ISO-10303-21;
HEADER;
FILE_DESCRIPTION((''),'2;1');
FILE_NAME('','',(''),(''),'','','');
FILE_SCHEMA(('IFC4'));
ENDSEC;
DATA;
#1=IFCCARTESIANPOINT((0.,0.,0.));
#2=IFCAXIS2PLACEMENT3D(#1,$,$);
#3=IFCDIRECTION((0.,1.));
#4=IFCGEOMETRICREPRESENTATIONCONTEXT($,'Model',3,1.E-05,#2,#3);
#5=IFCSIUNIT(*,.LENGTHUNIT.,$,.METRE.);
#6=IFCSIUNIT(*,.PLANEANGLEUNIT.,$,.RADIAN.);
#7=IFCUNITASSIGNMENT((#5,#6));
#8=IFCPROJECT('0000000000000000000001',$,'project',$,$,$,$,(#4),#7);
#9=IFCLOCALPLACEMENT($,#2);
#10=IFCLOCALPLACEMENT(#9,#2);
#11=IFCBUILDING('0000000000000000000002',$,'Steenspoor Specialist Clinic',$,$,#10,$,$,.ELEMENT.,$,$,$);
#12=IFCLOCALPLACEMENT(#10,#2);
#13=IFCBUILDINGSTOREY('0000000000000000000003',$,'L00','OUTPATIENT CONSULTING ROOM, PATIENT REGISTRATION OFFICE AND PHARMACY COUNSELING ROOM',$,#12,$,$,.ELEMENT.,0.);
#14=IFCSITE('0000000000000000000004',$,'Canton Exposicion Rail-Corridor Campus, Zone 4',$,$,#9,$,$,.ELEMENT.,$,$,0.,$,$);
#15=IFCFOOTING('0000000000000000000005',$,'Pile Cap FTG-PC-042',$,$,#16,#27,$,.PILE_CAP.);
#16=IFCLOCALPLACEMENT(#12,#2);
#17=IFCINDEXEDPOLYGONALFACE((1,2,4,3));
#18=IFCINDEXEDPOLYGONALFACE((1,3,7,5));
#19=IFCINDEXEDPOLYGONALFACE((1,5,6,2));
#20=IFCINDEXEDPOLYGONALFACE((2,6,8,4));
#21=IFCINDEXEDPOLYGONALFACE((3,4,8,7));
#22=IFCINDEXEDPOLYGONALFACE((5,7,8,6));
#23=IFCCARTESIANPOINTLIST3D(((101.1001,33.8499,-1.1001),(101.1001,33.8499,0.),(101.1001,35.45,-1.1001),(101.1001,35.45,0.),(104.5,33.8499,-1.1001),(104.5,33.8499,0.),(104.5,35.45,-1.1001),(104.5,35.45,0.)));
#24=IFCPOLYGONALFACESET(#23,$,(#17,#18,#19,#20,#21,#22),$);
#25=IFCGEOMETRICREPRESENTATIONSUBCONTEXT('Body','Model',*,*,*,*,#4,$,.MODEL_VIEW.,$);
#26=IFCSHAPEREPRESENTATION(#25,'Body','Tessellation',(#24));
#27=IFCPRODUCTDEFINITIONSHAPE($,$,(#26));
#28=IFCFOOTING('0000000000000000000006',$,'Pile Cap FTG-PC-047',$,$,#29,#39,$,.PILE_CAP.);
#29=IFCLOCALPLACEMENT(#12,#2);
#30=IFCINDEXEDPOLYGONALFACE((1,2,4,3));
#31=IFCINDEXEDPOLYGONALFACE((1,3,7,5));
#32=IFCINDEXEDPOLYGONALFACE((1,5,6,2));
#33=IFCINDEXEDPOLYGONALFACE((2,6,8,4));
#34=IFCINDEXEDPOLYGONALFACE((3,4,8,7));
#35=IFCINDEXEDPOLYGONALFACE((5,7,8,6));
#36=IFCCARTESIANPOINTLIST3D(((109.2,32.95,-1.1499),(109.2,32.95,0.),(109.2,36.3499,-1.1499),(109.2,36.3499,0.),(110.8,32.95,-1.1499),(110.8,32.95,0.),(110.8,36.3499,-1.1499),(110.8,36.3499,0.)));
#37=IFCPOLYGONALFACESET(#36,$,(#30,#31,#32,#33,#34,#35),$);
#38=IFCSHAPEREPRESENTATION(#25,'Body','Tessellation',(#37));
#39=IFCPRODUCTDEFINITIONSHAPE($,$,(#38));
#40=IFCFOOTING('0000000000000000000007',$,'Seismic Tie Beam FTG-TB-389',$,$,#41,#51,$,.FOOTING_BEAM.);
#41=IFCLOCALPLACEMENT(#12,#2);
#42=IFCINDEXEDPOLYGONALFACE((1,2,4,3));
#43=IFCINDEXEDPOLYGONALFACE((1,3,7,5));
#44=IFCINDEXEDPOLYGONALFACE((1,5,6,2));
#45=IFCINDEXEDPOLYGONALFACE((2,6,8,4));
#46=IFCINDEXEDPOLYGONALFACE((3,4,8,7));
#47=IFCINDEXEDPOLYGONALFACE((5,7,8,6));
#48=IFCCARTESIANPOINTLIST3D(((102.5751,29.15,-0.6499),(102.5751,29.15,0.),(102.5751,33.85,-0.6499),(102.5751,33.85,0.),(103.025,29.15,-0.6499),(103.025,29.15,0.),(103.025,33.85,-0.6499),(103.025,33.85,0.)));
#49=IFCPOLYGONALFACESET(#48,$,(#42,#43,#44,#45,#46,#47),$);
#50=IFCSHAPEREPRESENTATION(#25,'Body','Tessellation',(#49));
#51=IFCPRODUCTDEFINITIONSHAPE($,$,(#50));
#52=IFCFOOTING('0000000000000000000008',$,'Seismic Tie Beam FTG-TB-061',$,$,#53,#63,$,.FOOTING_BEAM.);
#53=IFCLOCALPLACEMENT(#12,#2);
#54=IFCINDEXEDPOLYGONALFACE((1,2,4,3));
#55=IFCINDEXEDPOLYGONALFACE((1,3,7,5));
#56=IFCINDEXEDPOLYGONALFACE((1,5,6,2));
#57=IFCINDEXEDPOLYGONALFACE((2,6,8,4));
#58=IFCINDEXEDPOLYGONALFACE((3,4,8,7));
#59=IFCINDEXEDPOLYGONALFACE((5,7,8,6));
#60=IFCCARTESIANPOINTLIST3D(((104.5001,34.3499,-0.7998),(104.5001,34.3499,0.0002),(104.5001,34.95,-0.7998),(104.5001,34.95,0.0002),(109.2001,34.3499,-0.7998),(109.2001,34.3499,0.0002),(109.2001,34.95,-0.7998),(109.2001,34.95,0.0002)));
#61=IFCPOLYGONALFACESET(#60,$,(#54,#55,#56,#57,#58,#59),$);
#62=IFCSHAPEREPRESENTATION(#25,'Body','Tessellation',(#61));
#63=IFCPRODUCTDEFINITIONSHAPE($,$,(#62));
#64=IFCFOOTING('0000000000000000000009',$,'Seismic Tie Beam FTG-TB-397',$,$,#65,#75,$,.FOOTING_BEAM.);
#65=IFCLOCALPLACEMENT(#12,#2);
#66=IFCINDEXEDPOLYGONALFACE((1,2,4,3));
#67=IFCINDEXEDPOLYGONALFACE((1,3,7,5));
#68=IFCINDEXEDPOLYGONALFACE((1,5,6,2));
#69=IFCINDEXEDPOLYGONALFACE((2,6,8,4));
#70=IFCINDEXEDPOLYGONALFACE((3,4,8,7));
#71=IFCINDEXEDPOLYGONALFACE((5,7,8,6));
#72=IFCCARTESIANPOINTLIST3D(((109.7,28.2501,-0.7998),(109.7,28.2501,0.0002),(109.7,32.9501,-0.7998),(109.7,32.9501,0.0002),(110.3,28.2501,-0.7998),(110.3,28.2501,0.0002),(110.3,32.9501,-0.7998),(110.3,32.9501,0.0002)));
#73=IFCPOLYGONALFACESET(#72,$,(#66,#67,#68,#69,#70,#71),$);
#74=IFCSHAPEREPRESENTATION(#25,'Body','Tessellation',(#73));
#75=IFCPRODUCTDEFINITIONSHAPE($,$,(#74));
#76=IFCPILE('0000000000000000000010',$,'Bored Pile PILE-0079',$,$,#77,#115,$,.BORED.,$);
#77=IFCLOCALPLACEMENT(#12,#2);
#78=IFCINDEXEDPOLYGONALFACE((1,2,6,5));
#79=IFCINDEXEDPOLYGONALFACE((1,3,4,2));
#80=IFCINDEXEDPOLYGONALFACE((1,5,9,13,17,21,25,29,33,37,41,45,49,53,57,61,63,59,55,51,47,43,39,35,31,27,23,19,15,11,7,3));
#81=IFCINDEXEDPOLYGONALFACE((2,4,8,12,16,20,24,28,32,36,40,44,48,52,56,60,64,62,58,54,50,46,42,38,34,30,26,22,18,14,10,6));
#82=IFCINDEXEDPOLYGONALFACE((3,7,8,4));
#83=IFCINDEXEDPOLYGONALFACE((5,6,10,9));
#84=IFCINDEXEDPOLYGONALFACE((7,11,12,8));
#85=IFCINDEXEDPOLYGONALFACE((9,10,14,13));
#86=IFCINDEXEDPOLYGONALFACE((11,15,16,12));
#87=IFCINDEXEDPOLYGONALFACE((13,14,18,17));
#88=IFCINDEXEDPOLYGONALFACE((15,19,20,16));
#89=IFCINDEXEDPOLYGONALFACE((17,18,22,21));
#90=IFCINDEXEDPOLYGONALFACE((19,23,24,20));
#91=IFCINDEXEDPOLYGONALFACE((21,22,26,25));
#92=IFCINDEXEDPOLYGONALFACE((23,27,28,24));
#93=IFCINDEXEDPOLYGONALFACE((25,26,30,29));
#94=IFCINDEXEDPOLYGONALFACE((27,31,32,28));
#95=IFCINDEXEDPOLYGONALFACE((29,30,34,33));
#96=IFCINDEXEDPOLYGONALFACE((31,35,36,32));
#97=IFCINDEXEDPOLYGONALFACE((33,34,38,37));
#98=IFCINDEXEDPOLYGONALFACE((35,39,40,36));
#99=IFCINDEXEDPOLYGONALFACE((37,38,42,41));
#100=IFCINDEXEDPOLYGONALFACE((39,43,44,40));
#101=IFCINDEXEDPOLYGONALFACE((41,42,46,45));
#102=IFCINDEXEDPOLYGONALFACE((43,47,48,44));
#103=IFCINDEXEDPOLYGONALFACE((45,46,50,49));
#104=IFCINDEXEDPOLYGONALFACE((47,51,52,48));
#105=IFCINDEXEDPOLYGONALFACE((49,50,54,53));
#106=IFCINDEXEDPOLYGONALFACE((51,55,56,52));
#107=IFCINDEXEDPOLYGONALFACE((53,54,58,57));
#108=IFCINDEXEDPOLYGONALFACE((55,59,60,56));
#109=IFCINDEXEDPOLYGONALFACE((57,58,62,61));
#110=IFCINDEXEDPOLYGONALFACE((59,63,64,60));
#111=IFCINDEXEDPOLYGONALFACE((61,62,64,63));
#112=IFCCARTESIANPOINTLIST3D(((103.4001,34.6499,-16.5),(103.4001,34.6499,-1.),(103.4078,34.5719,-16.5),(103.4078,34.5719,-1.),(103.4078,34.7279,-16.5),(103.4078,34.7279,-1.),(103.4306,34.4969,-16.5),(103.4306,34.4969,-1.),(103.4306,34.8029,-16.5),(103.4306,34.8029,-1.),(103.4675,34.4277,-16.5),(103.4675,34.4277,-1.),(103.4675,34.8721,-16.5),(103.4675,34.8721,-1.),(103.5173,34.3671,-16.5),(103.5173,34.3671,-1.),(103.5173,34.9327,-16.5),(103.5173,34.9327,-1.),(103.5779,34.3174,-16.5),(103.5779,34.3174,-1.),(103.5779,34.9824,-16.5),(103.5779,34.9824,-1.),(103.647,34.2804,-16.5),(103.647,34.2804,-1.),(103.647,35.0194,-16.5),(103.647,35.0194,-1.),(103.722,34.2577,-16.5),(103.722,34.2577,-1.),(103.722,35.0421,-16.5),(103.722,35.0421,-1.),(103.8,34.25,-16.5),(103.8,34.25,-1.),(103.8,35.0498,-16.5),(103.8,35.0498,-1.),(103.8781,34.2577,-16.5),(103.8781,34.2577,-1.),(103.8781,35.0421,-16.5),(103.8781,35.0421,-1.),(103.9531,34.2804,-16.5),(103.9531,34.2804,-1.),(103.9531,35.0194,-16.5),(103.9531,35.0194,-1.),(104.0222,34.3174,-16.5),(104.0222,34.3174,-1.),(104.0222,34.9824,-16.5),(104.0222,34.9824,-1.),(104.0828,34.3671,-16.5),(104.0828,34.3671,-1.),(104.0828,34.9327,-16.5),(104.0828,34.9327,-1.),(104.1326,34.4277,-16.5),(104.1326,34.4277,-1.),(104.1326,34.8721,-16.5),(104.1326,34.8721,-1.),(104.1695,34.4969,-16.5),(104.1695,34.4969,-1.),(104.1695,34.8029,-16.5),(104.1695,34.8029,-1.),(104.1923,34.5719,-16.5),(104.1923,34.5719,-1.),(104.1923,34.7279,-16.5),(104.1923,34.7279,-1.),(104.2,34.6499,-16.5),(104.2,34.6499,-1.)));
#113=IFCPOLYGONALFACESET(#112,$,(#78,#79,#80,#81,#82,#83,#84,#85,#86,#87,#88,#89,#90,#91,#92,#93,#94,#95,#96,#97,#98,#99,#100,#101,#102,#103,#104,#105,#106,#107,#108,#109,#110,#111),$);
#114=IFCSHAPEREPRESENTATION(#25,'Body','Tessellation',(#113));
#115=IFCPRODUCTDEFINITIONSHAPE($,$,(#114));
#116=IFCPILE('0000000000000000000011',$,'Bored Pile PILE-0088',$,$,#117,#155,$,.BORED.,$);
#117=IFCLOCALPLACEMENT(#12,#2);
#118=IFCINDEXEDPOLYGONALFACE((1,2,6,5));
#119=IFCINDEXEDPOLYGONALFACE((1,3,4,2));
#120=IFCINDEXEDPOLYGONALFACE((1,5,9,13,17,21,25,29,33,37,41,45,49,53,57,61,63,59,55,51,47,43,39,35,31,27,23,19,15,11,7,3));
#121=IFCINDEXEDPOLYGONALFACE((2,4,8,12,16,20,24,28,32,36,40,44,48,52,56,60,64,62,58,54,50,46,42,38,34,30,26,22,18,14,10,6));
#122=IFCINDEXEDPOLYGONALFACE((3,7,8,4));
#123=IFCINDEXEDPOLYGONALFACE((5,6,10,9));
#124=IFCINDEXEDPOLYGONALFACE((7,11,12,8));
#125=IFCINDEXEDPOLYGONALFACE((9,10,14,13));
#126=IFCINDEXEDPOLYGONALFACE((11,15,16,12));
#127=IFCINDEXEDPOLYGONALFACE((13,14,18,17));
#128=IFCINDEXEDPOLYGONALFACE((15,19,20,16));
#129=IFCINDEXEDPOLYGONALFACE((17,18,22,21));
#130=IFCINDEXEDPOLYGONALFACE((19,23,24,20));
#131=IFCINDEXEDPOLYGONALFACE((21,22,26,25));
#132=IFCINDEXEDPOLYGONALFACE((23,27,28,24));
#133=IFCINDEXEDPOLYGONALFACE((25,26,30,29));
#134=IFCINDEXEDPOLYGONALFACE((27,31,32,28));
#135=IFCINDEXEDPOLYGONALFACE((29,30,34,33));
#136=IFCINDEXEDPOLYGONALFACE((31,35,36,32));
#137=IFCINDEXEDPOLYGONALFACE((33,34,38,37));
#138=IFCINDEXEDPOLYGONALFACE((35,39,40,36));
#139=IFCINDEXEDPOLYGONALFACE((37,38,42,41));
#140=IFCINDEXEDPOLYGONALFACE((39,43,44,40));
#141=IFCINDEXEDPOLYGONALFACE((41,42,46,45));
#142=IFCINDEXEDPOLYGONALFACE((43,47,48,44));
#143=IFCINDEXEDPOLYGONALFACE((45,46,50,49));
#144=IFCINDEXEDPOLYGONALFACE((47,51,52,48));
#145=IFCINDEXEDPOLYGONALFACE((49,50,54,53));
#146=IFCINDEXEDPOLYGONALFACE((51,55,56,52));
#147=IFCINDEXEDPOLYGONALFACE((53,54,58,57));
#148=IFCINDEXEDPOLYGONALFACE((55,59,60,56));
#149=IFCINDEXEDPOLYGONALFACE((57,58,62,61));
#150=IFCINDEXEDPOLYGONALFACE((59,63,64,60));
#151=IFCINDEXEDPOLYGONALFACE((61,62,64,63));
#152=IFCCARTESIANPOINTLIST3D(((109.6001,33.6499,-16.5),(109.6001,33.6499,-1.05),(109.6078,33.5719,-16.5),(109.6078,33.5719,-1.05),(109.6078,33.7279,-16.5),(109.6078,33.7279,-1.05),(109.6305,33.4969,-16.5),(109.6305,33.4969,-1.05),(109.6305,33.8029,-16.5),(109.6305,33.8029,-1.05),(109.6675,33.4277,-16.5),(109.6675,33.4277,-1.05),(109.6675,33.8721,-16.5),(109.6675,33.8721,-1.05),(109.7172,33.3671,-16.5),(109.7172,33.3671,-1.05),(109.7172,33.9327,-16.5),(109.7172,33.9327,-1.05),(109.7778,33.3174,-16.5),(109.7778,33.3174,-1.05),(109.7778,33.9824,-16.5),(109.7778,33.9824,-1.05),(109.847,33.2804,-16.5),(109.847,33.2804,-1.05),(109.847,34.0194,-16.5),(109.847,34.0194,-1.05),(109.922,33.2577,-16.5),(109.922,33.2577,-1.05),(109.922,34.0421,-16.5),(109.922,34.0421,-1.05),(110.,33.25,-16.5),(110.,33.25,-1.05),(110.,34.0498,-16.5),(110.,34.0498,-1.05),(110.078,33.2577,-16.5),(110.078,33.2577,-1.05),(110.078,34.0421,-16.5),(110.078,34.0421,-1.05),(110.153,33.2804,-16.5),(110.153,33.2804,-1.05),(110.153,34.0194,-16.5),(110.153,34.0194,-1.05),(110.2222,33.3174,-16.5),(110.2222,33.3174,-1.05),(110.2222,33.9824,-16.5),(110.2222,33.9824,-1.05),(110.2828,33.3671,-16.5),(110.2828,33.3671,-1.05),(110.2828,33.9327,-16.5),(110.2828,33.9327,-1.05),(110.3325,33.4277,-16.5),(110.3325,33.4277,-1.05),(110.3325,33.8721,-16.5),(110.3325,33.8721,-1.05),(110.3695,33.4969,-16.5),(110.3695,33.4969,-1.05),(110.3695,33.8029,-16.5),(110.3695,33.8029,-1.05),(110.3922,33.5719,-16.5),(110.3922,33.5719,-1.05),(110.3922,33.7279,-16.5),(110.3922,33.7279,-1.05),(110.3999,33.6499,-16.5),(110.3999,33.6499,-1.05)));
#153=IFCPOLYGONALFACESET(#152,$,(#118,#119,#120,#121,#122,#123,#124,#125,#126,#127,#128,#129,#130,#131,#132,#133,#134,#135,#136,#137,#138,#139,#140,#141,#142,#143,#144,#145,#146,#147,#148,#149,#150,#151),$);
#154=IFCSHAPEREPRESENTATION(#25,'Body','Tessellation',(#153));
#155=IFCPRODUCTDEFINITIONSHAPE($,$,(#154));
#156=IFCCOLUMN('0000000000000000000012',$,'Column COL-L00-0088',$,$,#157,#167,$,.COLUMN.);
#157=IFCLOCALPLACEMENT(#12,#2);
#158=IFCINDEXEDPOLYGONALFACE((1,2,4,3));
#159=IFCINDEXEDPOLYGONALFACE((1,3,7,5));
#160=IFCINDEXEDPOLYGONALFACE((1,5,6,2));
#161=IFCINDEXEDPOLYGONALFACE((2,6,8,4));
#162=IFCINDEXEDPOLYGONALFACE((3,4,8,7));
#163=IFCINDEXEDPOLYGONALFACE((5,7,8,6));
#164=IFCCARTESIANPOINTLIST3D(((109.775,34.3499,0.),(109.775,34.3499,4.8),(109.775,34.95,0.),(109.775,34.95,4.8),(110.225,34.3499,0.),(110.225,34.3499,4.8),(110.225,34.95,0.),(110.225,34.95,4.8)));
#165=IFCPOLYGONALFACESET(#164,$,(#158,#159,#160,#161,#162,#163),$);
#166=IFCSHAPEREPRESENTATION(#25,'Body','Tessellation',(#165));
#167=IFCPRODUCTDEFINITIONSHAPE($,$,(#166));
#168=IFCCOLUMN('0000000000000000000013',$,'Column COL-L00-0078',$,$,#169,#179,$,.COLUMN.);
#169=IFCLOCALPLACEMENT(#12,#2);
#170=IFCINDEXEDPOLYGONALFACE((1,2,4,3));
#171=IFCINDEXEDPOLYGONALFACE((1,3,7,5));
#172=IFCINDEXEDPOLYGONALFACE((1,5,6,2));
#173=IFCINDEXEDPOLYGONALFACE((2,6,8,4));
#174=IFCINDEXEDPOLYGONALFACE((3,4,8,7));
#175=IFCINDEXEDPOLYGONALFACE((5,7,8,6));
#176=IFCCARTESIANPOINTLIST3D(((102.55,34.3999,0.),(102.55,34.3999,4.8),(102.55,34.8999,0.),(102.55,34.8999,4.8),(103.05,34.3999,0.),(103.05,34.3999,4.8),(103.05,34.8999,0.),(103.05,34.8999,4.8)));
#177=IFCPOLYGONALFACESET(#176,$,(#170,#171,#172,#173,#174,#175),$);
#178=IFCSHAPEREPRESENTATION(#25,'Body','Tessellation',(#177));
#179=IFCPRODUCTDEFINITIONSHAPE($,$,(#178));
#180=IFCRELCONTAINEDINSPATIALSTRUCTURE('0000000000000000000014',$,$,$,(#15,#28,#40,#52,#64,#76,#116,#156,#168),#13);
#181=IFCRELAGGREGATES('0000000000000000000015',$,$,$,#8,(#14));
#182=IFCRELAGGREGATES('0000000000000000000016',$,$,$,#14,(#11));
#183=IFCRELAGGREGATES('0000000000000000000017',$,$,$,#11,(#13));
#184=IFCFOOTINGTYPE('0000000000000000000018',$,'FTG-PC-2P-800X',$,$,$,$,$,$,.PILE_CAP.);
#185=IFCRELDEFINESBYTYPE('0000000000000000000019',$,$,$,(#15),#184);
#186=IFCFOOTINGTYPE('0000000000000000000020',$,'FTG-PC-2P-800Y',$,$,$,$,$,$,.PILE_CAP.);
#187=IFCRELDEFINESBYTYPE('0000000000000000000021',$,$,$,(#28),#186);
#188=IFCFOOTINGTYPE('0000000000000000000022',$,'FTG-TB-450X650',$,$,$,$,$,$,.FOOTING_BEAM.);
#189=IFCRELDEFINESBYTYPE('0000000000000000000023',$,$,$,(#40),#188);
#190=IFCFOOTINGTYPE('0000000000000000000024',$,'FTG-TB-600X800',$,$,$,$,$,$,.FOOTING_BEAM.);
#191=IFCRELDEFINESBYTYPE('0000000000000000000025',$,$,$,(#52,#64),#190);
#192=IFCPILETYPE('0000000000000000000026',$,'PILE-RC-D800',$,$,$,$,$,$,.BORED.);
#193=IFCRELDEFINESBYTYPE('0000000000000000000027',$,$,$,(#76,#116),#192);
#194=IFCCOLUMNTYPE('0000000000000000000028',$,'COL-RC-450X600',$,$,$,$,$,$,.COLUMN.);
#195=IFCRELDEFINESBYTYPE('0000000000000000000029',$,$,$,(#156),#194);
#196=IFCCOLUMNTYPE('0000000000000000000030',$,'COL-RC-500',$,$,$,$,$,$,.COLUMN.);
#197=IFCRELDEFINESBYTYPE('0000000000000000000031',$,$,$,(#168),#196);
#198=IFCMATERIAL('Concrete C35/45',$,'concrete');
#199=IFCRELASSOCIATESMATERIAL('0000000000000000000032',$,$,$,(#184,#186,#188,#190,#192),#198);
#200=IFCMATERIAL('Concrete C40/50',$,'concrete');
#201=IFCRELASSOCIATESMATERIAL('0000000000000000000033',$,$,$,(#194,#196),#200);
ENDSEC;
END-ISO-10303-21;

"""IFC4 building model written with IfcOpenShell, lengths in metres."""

from ifc_helpers import new_model, si_unit, direction, frame, origin, origin_2d, place, context, subcontext, project, spatial, rectangle, circle, extrude, material, material_profile, profile_set, type_object, element, save


model = new_model("IFC4")

# Units and contexts
model_context = context("Model", 3, precision=1e-05, world=origin(), true_north=direction((0.0, 1.0)))
body_context = subcontext(model_context, "Body", "Model", "MODEL_VIEW")
ifc_project = project(units=[si_unit("LENGTHUNIT", "METRE"), si_unit("PLANEANGLEUNIT", "RADIAN")], contexts=[model_context])

# Site, building, storey
site_placement = place(None, origin())
site = spatial("IfcSite", under=ifc_project, at=site_placement, Name="Canton Exposicion Rail-Corridor Campus, Zone 4", CompositionType="ELEMENT", RefElevation=0.0)
building_placement = place(site_placement, origin())
building = spatial("IfcBuilding", under=site, at=building_placement, Name="Steenspoor Specialist Clinic", CompositionType="ELEMENT")
storey_placement = place(building_placement, origin())
storey = spatial("IfcBuildingStorey", under=building, at=storey_placement, Name="L00", Description="OUTPATIENT CONSULTING ROOM, PATIENT REGISTRATION OFFICE AND PHARMACY COUNSELING ROOM", CompositionType="ELEMENT", Elevation=0.0)

# Footings
ifc_material_1 = material(Name="Concrete C35/45", Category="concrete")
footing_type_1 = type_object("IfcFootingType", Name="FTG-PC-2P-800X", PredefinedType="PILE_CAP", material=ifc_material_1)
footing_1_placement = place(storey_placement, frame((102.8, 34.6499, -1.1001), z_axis=(0.0, 0.0, 1.0), x_axis=(1.0, 0.0, 0.0)))
element("IfcFooting", 1, at=footing_1_placement, inside=storey, type_object=footing_type_1, Name="Pile Cap FTG-PC-042", PredefinedType="PILE_CAP", context=body_context, shape_type="SweptSolid", body=[
    extrude(rectangle(XDim=3.3999, YDim=1.6001, at=origin_2d()), origin(), (0.0, 0.0, 1.0), 1.1001),
])
footing_type_2 = type_object("IfcFootingType", Name="FTG-PC-2P-800Y", PredefinedType="PILE_CAP", material=ifc_material_1)
footing_2_placement = place(storey_placement, frame((110.0, 34.6499, -1.1499), z_axis=(0.0, 0.0, 1.0), x_axis=(1.0, 0.0, 0.0)))
element("IfcFooting", 2, at=footing_2_placement, inside=storey, type_object=footing_type_2, Name="Pile Cap FTG-PC-047", PredefinedType="PILE_CAP", context=body_context, shape_type="SweptSolid", body=[
    extrude(rectangle(XDim=1.6001, YDim=3.3999, at=origin_2d()), origin(), (0.0, 0.0, 1.0), 1.1499),
])
footing_type_3 = type_object("IfcFootingType", Name="FTG-TB-450X650", PredefinedType="FOOTING_BEAM", material=ifc_material_1)
footing_3_placement = place(storey_placement, frame((102.8, 31.5, -0.6499), z_axis=(0.0, 0.0, 1.0), x_axis=(1.0, 0.0, 0.0)))
element("IfcFooting", 3, at=footing_3_placement, inside=storey, type_object=footing_type_3, Name="Seismic Tie Beam FTG-TB-389", PredefinedType="FOOTING_BEAM", context=body_context, shape_type="SweptSolid", body=[
    extrude(rectangle(XDim=0.45, YDim=4.7, at=origin_2d()), origin(), (0.0, 0.0, 1.0), 0.6499),
])
footing_type_4 = type_object("IfcFootingType", Name="FTG-TB-600X800", PredefinedType="FOOTING_BEAM", material=ifc_material_1)
footing_4_placement = place(storey_placement, frame((106.8501, 34.6499, -0.7998), z_axis=(0.0, 0.0, 1.0), x_axis=(1.0, 0.0, 0.0)))
element("IfcFooting", 4, at=footing_4_placement, inside=storey, type_object=footing_type_4, Name="Seismic Tie Beam FTG-TB-061", PredefinedType="FOOTING_BEAM", context=body_context, shape_type="SweptSolid", body=[
    extrude(rectangle(XDim=4.7, YDim=0.6001, at=origin_2d()), origin(), (0.0, 0.0, 1.0), 0.8),
])
footing_5_placement = place(storey_placement, frame((110.0, 30.6001, -0.7998), z_axis=(0.0, 0.0, 1.0), x_axis=(1.0, 0.0, 0.0)))
element("IfcFooting", 5, at=footing_5_placement, inside=storey, type_object=footing_type_4, Name="Seismic Tie Beam FTG-TB-397", PredefinedType="FOOTING_BEAM", context=body_context, shape_type="SweptSolid", body=[
    extrude(rectangle(XDim=0.6001, YDim=4.7, at=origin_2d()), origin(), (0.0, 0.0, 1.0), 0.8),
])

# Piles
ifc_material_profile_1 = material_profile(ifc_material_1, circle(Radius=0.3999, at=origin_2d()), Name="PILE-D800")
ifc_profile_set_1 = profile_set([ifc_material_profile_1], Name="Concrete C35/45")
pile_type = type_object("IfcPileType", Name="PILE-RC-D800", PredefinedType="BORED", material=ifc_profile_set_1)
pile_1_placement = place(storey_placement, frame((103.8, 34.6499, -1.0), z_axis=(0.0, 0.0, -1.0), x_axis=(1.0, 0.0, 0.0)))
element("IfcPile", 6, at=pile_1_placement, inside=storey, type_object=pile_type, Name="Bored Pile PILE-0079", PredefinedType="BORED", context=body_context, shape_type="SweptSolid", body=[
    extrude(circle(Radius=0.3999, at=origin_2d()), origin(), (0.0, 0.0, 1.0), 15.5),
])
pile_2_placement = place(storey_placement, frame((110.0, 33.6499, -1.05), z_axis=(0.0, 0.0, -1.0), x_axis=(1.0, 0.0, 0.0)))
element("IfcPile", 7, at=pile_2_placement, inside=storey, type_object=pile_type, Name="Bored Pile PILE-0088", PredefinedType="BORED", context=body_context, shape_type="SweptSolid", body=[
    extrude(circle(Radius=0.3999, at=origin_2d()), origin(), (0.0, 0.0, 1.0), 15.45),
])

# Columns
ifc_material_2 = material(Name="Concrete C40/50", Category="concrete")
ifc_material_profile_2 = material_profile(ifc_material_2, rectangle(XDim=0.45, YDim=0.6001, at=origin_2d()), Name="RC-COL-450X600")
ifc_profile_set_2 = profile_set([ifc_material_profile_2], Name="Concrete C40/50")
column_type_1 = type_object("IfcColumnType", Name="COL-RC-450X600", PredefinedType="COLUMN", material=ifc_profile_set_2)
column_1_placement = place(storey_placement, frame((110.0, 34.6499, 0.0), z_axis=(0.0, 0.0, 1.0), x_axis=(1.0, 0.0, 0.0)))
element("IfcColumn", 8, at=column_1_placement, inside=storey, type_object=column_type_1, Name="Column COL-L00-0088", PredefinedType="COLUMN", context=body_context, shape_type="SweptSolid", body=[
    extrude(rectangle(XDim=0.45, YDim=0.6001, at=origin_2d()), origin(), (0.0, 0.0, 1.0), 4.8),
])
ifc_material_profile_3 = material_profile(ifc_material_2, rectangle(XDim=0.5, YDim=0.5, at=origin_2d()), Name="RC-COL-500X500")
ifc_profile_set_3 = profile_set([ifc_material_profile_3], Name="Concrete C40/50")
column_type_2 = type_object("IfcColumnType", Name="COL-RC-500", PredefinedType="COLUMN", material=ifc_profile_set_3)
column_2_placement = place(storey_placement, frame((102.8, 34.6499, 0.0), z_axis=(0.0, 0.0, 1.0), x_axis=(1.0, 0.0, 0.0)))
element("IfcColumn", 9, at=column_2_placement, inside=storey, type_object=column_type_2, Name="Column COL-L00-0078", PredefinedType="COLUMN", context=body_context, shape_type="SweptSolid", body=[
    extrude(rectangle(XDim=0.5, YDim=0.5, at=origin_2d()), origin(), (0.0, 0.0, 1.0), 4.8),
])

save(model, "model.ifc")
